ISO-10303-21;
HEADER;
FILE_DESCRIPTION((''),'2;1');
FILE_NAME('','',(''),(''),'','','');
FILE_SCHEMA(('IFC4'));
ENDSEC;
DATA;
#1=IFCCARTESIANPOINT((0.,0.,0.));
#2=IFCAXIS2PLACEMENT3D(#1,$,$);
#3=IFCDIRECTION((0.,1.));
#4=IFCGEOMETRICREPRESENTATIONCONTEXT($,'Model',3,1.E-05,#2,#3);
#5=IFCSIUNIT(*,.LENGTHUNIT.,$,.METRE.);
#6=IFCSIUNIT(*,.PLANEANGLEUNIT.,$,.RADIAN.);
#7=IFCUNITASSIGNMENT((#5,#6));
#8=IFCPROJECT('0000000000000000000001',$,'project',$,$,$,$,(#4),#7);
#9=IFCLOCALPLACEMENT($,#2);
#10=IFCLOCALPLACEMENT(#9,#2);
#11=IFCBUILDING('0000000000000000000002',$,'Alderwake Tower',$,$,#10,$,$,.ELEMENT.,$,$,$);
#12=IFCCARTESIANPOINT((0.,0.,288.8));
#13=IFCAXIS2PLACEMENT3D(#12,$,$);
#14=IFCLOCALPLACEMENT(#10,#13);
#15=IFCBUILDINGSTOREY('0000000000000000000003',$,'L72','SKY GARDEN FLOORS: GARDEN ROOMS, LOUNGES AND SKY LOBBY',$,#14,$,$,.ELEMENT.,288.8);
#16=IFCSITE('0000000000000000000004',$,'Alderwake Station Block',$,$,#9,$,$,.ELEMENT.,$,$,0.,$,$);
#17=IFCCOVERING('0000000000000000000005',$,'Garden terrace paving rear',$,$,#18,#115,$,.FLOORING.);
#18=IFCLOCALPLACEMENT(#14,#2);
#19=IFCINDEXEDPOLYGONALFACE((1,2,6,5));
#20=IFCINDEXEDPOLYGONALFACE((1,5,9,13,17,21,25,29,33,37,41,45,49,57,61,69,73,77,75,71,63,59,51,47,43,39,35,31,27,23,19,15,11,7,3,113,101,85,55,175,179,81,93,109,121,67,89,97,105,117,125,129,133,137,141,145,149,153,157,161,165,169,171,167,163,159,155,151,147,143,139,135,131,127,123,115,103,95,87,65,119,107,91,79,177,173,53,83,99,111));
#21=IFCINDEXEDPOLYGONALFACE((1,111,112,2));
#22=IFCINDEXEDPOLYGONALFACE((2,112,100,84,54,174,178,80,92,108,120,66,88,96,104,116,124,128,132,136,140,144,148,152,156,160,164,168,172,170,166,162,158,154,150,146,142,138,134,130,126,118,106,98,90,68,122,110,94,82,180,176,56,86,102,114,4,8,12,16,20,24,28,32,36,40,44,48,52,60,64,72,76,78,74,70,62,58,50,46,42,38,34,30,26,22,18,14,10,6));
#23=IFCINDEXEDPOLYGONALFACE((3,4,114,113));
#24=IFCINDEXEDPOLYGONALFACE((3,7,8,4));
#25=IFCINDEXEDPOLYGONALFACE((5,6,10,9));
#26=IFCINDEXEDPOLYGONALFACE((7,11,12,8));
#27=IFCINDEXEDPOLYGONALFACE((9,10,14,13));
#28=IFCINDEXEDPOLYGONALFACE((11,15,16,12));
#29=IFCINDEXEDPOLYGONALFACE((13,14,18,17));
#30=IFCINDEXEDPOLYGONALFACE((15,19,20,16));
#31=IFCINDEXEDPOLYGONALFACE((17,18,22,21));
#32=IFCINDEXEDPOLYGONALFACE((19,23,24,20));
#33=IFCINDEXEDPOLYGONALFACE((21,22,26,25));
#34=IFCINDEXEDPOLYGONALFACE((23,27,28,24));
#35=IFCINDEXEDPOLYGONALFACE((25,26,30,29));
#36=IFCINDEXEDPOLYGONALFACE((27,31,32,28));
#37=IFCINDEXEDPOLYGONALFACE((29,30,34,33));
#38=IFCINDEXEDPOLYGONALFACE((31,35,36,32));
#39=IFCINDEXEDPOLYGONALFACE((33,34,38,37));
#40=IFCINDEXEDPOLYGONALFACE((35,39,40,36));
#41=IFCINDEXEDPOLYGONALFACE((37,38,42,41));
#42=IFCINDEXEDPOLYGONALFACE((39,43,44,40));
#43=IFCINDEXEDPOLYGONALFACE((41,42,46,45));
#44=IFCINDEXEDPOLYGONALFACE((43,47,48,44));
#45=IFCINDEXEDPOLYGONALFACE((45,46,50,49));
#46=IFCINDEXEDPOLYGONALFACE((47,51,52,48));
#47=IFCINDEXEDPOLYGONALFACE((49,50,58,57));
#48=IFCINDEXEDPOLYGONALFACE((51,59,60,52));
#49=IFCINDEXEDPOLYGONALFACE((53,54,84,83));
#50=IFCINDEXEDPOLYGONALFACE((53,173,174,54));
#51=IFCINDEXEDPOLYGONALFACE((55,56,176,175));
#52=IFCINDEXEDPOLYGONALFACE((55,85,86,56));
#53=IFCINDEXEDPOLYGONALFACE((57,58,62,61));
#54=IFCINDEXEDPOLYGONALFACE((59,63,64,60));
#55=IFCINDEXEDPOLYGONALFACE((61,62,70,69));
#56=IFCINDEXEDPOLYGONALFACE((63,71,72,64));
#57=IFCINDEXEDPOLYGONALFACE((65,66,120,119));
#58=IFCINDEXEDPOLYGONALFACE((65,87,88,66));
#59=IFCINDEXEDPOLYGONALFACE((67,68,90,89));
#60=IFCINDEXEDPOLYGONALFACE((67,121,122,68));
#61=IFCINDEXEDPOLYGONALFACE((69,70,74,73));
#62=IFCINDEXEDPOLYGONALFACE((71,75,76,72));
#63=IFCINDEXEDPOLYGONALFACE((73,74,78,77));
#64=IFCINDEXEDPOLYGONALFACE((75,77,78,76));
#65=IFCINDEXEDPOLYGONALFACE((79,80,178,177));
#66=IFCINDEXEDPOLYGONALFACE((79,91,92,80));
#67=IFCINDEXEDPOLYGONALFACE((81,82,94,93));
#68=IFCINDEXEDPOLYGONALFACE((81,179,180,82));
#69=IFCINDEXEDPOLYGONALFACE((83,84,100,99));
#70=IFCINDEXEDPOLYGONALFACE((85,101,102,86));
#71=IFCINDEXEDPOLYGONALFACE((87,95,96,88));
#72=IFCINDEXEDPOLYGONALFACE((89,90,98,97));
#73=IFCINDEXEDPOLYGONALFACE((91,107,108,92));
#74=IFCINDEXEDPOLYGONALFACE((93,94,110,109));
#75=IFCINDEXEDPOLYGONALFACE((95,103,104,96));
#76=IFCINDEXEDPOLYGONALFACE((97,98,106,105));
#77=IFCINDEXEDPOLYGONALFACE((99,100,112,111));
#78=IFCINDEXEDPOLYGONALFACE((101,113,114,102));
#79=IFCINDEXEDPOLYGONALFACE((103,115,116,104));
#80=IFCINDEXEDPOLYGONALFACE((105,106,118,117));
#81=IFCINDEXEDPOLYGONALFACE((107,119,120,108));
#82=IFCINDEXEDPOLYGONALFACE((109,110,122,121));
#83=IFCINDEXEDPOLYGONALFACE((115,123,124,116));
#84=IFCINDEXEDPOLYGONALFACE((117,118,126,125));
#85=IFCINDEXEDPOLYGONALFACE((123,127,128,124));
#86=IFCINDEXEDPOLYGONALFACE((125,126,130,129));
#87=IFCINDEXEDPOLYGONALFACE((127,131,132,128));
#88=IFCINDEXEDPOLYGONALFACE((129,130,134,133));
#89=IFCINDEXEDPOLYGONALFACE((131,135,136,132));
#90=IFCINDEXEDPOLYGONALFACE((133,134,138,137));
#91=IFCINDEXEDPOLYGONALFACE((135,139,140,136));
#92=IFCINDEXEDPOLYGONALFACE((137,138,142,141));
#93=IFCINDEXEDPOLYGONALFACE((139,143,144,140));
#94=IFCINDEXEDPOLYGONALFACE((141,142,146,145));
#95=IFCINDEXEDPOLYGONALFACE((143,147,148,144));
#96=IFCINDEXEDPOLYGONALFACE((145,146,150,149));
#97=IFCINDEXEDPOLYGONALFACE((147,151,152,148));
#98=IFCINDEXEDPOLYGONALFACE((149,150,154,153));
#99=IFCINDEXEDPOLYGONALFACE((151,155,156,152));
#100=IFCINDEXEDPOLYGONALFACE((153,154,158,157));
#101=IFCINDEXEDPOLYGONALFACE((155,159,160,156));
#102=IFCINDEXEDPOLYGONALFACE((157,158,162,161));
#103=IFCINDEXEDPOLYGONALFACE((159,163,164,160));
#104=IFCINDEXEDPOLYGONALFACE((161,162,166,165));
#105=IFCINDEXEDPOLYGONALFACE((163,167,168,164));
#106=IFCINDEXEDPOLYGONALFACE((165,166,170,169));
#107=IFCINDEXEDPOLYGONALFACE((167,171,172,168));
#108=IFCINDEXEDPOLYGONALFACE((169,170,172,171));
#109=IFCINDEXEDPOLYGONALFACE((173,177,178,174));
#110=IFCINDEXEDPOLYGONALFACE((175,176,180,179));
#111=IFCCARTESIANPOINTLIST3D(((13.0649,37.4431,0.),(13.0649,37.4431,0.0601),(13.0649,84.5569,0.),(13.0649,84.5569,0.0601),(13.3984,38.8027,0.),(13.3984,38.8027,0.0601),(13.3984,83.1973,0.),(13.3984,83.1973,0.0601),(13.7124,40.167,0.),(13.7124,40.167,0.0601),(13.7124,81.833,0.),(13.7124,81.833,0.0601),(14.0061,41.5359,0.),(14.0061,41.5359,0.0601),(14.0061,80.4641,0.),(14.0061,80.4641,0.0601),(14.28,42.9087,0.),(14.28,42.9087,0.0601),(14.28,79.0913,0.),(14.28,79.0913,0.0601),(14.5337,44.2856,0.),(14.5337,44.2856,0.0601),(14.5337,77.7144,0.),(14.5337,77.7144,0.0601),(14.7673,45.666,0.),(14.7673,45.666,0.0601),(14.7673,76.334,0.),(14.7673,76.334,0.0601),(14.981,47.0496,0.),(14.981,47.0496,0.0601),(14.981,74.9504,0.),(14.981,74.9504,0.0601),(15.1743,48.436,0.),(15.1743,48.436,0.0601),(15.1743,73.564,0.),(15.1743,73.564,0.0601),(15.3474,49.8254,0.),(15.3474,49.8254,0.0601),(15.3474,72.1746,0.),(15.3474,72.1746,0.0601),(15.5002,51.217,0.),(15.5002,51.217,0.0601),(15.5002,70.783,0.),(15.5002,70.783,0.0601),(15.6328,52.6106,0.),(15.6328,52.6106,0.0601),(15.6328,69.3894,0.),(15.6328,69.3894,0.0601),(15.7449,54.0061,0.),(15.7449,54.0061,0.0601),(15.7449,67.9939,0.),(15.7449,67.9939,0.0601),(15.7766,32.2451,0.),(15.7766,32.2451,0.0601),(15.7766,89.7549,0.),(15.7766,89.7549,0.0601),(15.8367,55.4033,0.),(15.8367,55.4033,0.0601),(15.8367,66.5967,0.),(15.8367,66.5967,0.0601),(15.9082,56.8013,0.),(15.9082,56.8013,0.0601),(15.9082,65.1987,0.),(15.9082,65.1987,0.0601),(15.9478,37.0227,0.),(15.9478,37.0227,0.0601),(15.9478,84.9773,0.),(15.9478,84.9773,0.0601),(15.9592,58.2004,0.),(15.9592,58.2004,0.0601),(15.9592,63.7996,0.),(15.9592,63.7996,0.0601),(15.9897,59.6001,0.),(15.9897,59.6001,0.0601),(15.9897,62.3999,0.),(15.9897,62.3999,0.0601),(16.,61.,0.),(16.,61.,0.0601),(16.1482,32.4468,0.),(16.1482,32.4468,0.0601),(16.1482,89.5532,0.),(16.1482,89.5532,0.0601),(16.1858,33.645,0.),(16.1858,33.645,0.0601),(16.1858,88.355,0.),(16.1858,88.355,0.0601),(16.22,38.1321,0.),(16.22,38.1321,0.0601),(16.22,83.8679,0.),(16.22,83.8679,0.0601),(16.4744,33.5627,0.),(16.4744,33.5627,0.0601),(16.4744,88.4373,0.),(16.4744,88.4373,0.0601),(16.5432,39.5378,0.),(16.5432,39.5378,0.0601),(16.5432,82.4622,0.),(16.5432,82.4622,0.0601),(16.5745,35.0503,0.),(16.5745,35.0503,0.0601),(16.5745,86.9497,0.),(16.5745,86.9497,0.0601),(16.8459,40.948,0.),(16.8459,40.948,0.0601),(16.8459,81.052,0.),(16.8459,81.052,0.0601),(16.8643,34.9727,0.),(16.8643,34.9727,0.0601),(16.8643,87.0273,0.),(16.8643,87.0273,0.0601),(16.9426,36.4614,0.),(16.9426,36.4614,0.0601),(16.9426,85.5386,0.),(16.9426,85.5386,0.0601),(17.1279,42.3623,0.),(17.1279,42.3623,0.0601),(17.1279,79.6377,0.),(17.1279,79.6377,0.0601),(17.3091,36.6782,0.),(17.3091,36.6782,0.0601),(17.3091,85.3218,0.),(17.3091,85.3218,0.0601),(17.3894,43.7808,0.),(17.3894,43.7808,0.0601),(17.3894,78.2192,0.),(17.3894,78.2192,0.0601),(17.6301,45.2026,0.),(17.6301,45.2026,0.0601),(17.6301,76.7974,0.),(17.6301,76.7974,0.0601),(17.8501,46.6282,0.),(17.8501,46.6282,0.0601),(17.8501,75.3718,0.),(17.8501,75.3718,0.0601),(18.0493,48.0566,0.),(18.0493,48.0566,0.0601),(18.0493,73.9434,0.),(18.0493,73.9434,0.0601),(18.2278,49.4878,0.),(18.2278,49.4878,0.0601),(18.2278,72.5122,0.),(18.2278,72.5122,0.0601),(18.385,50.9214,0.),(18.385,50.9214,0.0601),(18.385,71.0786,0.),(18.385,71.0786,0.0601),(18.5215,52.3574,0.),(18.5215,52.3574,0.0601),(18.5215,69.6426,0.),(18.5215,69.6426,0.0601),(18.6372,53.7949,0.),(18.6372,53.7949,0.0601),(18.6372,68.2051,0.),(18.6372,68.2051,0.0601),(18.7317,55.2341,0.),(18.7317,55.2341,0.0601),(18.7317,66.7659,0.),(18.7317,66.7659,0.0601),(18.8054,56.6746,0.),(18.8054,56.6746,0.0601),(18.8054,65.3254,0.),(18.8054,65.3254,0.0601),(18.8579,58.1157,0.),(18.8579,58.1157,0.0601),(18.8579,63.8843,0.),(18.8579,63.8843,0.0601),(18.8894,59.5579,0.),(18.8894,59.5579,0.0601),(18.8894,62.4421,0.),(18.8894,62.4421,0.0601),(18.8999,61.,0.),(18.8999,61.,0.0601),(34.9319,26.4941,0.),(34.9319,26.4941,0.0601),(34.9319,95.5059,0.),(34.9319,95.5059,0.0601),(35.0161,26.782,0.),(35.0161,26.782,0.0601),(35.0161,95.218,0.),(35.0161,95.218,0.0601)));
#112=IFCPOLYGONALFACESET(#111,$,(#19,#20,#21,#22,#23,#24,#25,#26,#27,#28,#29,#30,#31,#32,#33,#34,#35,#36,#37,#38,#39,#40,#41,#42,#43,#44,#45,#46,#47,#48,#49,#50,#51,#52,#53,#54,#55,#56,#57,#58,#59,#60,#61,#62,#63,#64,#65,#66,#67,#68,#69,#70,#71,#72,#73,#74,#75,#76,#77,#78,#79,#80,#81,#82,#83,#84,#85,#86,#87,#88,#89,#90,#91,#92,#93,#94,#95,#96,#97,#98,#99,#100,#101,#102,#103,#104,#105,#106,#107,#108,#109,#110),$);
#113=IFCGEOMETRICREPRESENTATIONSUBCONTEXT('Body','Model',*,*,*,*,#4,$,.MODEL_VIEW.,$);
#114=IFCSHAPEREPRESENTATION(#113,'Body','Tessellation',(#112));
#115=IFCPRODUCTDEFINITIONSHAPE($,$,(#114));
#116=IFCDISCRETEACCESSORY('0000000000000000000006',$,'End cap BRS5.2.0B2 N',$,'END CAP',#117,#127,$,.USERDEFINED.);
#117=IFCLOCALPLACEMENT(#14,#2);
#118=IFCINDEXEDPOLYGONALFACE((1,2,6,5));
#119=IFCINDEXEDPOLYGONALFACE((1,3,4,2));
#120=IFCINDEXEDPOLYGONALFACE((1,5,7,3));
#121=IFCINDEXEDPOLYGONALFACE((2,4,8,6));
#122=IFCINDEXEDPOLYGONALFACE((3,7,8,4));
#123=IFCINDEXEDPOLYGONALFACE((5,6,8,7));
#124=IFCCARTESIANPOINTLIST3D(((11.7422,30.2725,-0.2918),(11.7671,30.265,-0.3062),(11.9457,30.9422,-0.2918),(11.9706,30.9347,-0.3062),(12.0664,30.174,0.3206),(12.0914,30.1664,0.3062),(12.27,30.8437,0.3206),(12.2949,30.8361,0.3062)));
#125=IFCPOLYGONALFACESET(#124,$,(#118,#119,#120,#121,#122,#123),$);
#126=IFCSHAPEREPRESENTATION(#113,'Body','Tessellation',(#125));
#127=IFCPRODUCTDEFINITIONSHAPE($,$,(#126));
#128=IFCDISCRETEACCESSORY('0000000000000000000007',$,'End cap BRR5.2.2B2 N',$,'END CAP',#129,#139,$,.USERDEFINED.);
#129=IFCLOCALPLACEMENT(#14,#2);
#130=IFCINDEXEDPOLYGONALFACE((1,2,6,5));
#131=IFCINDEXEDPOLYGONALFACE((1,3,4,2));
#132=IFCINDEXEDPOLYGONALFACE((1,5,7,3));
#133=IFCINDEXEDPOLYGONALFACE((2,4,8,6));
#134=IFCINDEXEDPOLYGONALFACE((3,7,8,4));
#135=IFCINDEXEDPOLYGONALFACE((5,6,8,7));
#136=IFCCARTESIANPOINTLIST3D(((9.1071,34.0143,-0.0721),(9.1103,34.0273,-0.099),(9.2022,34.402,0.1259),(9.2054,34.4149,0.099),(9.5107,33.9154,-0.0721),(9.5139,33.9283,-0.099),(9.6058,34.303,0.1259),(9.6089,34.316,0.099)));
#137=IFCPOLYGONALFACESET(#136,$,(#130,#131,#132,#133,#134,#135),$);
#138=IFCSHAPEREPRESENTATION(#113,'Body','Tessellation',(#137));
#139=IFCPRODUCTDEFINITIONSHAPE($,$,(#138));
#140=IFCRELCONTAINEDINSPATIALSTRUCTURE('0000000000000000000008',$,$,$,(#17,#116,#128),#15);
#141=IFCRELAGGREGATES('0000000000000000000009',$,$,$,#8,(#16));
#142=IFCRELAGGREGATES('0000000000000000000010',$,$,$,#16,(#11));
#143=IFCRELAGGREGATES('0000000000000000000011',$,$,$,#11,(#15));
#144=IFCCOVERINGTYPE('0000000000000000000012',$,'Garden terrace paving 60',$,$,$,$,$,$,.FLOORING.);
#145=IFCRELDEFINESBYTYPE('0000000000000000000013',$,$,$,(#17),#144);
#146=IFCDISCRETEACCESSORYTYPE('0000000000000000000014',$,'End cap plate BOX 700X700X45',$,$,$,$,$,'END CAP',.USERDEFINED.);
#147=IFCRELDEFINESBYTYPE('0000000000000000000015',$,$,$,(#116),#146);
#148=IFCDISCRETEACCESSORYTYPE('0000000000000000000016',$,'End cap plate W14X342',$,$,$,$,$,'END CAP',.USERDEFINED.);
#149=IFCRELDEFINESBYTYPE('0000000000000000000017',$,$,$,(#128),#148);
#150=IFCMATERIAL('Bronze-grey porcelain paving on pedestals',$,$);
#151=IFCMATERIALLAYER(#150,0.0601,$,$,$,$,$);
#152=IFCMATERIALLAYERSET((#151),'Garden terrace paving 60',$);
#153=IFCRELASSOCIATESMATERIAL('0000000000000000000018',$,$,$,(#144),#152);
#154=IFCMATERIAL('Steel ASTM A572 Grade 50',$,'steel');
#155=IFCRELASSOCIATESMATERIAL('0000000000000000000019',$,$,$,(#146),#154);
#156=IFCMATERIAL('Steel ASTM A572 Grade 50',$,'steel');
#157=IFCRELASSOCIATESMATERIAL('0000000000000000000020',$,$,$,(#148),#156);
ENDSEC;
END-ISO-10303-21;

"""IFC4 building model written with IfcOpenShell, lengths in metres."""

from ifc_helpers import new_model, si_unit, direction, frame, origin, origin_2d, place, context, subcontext, project, spatial, polyline, rectangle, outline, extrude, material, layer, layer_set, material_profile, profile_set, type_object, element, save


model = new_model("IFC4")

# Units and contexts
model_context = context("Model", 3, precision=1e-05, world=origin(), true_north=direction((0.0, 1.0)))
body_context = subcontext(model_context, "Body", "Model", "MODEL_VIEW")
ifc_project = project(units=[si_unit("LENGTHUNIT", "METRE"), si_unit("PLANEANGLEUNIT", "RADIAN")], contexts=[model_context])

# Site, building, storey
site_placement = place(None, origin())
site = spatial("IfcSite", under=ifc_project, at=site_placement, Name="Alderwake Station Block", CompositionType="ELEMENT", RefElevation=0.0)
building_placement = place(site_placement, origin())
building = spatial("IfcBuilding", under=site, at=building_placement, Name="Alderwake Tower", CompositionType="ELEMENT")
storey_placement = place(building_placement, frame((0.0, 0.0, 288.8)))
storey = spatial("IfcBuildingStorey", under=building, at=storey_placement, Name="L72", Description="SKY GARDEN FLOORS: GARDEN ROOMS, LOUNGES AND SKY LOBBY", CompositionType="ELEMENT", Elevation=288.8)

# Covering
ifc_material_1 = material(Name="Bronze-grey porcelain paving on pedestals")
ifc_layer_1 = layer(ifc_material_1, 0.0601)
ifc_layer_set_1 = layer_set([ifc_layer_1], Name="Garden terrace paving 60")
covering_type = type_object("IfcCoveringType", Name="Garden terrace paving 60", PredefinedType="FLOORING", material=ifc_layer_set_1)
covering_1_placement = place(storey_placement, origin())
element("IfcCovering", 1, at=covering_1_placement, inside=storey, type_object=covering_type, Name="Garden terrace paving rear", PredefinedType="FLOORING", context=body_context, shape_type="SweptSolid", body=[
    extrude(outline(polyline([(14.5337, 44.2856), (14.28, 42.9087), (14.0061, 41.5359), (13.7124, 40.167), (13.3984, 38.8027), (13.0649, 37.4431), (16.9426, 36.4614), (16.5745, 35.0503), (16.1858, 33.645), (15.7766, 32.2451), (34.9319, 26.4941), (34.9319, 26.4941), (35.0161, 26.782), (16.1482, 32.4468), (16.4744, 33.5627), (16.8643, 34.9727), (17.3091, 36.6782), (15.9478, 37.0227), (16.22, 38.1321), (16.5432, 39.5378), (16.8459, 40.948), (17.1279, 42.3623), (17.3894, 43.7808), (17.6301, 45.2026), (17.8501, 46.6282), (18.0493, 48.0566), (18.2278, 49.4878), (18.385, 50.9214), (18.5215, 52.3574), (18.6372, 53.7949), (18.7317, 55.2341), (18.8054, 56.6746), (18.8579, 58.1157), (18.8894, 59.5579), (18.8999, 61.0), (18.8894, 62.4421), (18.8579, 63.8843), (18.8054, 65.3254), (18.7317, 66.7659), (18.6372, 68.2051), (18.5215, 69.6426), (18.385, 71.0786), (18.2278, 72.5122), (18.0493, 73.9434), (17.8501, 75.3718), (17.6301, 76.7974), (17.3894, 78.2192), (17.1279, 79.6377), (16.8459, 81.052), (16.5432, 82.4622), (16.22, 83.8679), (15.9478, 84.9773), (17.3091, 85.3218), (16.8643, 87.0273), (16.4744, 88.4373), (16.1482, 89.5532), (35.0161, 95.218), (34.9319, 95.5059), (34.9319, 95.5059), (15.7766, 89.7549), (16.1858, 88.355), (16.5745, 86.9497), (16.9426, 85.5386), (13.0649, 84.5569), (13.3984, 83.1973), (13.7124, 81.833), (14.0061, 80.4641), (14.28, 79.0913), (14.5337, 77.7144), (14.7673, 76.334), (14.981, 74.9504), (15.1743, 73.564), (15.3474, 72.1746), (15.5002, 70.783), (15.6328, 69.3894), (15.7449, 67.9939), (15.8367, 66.5967), (15.9082, 65.1987), (15.9592, 63.7996), (15.9897, 62.3999), (16.0, 61.0), (15.9897, 59.6001), (15.9592, 58.2004), (15.9082, 56.8013), (15.8367, 55.4033), (15.7449, 54.0061), (15.6328, 52.6106), (15.5002, 51.217), (15.3474, 49.8254), (15.1743, 48.436), (14.981, 47.0496), (14.7673, 45.666), (14.5337, 44.2856)])), origin(), (0.0, 0.0, 1.0), 0.0601),
])

# Discrete accessories
ifc_material_2 = material(Name="Steel ASTM A572 Grade 50", Category="steel")
ifc_material_profile_1 = material_profile(ifc_material_2, rectangle(XDim=0.7, YDim=0.7, at=origin_2d()), Name="BOX 700X700X45 cap")
ifc_profile_set_1 = profile_set([ifc_material_profile_1], Name="Steel ASTM A572 Grade 50")
discrete_accessory_type_1 = type_object("IfcDiscreteAccessoryType", Name="End cap plate BOX 700X700X45", ElementType="END CAP", PredefinedType="USERDEFINED", material=ifc_profile_set_1)
discrete_accessory_1_placement = place(storey_placement, frame((12.031, 30.5505, 0.0), z_axis=(-0.837135, 0.254423, 0.484225), x_axis=(-0.290788, -0.956787, 0.0)))
element("IfcDiscreteAccessory", 2, at=discrete_accessory_1_placement, inside=storey, type_object=discrete_accessory_type_1, Name="End cap BRS5.2.0B2 N", ObjectType="END CAP", PredefinedType="USERDEFINED", context=body_context, shape_type="SweptSolid", body=[
    extrude(rectangle(XDim=0.7, YDim=0.7, at=origin_2d()), origin(), (0.0, 0.0, 1.0), 0.0298),
])
ifc_material_3 = material(Name="Steel ASTM A572 Grade 50", Category="steel")
ifc_material_profile_2 = material_profile(ifc_material_3, rectangle(XDim=0.4155, YDim=0.4456, at=origin_2d()), Name="W14X342 cap")
ifc_profile_set_2 = profile_set([ifc_material_profile_2], Name="Steel ASTM A572 Grade 50")
discrete_accessory_type_2 = type_object("IfcDiscreteAccessoryType", Name="End cap plate W14X342", ElementType="END CAP", PredefinedType="USERDEFINED", material=ifc_profile_set_2)
discrete_accessory_2_placement = place(storey_placement, frame((9.3596, 34.1716, 0.0), z_axis=(-0.10587, -0.431622, 0.89582), x_axis=(0.971211, -0.238222, 0.0)))
element("IfcDiscreteAccessory", 3, at=discrete_accessory_2_placement, inside=storey, type_object=discrete_accessory_type_2, Name="End cap BRR5.2.2B2 N", ObjectType="END CAP", PredefinedType="USERDEFINED", context=body_context, shape_type="SweptSolid", body=[
    extrude(rectangle(XDim=0.4155, YDim=0.4456, at=origin_2d()), origin(), (0.0, 0.0, 1.0), 0.03),
])

save(model, "model.ifc")
